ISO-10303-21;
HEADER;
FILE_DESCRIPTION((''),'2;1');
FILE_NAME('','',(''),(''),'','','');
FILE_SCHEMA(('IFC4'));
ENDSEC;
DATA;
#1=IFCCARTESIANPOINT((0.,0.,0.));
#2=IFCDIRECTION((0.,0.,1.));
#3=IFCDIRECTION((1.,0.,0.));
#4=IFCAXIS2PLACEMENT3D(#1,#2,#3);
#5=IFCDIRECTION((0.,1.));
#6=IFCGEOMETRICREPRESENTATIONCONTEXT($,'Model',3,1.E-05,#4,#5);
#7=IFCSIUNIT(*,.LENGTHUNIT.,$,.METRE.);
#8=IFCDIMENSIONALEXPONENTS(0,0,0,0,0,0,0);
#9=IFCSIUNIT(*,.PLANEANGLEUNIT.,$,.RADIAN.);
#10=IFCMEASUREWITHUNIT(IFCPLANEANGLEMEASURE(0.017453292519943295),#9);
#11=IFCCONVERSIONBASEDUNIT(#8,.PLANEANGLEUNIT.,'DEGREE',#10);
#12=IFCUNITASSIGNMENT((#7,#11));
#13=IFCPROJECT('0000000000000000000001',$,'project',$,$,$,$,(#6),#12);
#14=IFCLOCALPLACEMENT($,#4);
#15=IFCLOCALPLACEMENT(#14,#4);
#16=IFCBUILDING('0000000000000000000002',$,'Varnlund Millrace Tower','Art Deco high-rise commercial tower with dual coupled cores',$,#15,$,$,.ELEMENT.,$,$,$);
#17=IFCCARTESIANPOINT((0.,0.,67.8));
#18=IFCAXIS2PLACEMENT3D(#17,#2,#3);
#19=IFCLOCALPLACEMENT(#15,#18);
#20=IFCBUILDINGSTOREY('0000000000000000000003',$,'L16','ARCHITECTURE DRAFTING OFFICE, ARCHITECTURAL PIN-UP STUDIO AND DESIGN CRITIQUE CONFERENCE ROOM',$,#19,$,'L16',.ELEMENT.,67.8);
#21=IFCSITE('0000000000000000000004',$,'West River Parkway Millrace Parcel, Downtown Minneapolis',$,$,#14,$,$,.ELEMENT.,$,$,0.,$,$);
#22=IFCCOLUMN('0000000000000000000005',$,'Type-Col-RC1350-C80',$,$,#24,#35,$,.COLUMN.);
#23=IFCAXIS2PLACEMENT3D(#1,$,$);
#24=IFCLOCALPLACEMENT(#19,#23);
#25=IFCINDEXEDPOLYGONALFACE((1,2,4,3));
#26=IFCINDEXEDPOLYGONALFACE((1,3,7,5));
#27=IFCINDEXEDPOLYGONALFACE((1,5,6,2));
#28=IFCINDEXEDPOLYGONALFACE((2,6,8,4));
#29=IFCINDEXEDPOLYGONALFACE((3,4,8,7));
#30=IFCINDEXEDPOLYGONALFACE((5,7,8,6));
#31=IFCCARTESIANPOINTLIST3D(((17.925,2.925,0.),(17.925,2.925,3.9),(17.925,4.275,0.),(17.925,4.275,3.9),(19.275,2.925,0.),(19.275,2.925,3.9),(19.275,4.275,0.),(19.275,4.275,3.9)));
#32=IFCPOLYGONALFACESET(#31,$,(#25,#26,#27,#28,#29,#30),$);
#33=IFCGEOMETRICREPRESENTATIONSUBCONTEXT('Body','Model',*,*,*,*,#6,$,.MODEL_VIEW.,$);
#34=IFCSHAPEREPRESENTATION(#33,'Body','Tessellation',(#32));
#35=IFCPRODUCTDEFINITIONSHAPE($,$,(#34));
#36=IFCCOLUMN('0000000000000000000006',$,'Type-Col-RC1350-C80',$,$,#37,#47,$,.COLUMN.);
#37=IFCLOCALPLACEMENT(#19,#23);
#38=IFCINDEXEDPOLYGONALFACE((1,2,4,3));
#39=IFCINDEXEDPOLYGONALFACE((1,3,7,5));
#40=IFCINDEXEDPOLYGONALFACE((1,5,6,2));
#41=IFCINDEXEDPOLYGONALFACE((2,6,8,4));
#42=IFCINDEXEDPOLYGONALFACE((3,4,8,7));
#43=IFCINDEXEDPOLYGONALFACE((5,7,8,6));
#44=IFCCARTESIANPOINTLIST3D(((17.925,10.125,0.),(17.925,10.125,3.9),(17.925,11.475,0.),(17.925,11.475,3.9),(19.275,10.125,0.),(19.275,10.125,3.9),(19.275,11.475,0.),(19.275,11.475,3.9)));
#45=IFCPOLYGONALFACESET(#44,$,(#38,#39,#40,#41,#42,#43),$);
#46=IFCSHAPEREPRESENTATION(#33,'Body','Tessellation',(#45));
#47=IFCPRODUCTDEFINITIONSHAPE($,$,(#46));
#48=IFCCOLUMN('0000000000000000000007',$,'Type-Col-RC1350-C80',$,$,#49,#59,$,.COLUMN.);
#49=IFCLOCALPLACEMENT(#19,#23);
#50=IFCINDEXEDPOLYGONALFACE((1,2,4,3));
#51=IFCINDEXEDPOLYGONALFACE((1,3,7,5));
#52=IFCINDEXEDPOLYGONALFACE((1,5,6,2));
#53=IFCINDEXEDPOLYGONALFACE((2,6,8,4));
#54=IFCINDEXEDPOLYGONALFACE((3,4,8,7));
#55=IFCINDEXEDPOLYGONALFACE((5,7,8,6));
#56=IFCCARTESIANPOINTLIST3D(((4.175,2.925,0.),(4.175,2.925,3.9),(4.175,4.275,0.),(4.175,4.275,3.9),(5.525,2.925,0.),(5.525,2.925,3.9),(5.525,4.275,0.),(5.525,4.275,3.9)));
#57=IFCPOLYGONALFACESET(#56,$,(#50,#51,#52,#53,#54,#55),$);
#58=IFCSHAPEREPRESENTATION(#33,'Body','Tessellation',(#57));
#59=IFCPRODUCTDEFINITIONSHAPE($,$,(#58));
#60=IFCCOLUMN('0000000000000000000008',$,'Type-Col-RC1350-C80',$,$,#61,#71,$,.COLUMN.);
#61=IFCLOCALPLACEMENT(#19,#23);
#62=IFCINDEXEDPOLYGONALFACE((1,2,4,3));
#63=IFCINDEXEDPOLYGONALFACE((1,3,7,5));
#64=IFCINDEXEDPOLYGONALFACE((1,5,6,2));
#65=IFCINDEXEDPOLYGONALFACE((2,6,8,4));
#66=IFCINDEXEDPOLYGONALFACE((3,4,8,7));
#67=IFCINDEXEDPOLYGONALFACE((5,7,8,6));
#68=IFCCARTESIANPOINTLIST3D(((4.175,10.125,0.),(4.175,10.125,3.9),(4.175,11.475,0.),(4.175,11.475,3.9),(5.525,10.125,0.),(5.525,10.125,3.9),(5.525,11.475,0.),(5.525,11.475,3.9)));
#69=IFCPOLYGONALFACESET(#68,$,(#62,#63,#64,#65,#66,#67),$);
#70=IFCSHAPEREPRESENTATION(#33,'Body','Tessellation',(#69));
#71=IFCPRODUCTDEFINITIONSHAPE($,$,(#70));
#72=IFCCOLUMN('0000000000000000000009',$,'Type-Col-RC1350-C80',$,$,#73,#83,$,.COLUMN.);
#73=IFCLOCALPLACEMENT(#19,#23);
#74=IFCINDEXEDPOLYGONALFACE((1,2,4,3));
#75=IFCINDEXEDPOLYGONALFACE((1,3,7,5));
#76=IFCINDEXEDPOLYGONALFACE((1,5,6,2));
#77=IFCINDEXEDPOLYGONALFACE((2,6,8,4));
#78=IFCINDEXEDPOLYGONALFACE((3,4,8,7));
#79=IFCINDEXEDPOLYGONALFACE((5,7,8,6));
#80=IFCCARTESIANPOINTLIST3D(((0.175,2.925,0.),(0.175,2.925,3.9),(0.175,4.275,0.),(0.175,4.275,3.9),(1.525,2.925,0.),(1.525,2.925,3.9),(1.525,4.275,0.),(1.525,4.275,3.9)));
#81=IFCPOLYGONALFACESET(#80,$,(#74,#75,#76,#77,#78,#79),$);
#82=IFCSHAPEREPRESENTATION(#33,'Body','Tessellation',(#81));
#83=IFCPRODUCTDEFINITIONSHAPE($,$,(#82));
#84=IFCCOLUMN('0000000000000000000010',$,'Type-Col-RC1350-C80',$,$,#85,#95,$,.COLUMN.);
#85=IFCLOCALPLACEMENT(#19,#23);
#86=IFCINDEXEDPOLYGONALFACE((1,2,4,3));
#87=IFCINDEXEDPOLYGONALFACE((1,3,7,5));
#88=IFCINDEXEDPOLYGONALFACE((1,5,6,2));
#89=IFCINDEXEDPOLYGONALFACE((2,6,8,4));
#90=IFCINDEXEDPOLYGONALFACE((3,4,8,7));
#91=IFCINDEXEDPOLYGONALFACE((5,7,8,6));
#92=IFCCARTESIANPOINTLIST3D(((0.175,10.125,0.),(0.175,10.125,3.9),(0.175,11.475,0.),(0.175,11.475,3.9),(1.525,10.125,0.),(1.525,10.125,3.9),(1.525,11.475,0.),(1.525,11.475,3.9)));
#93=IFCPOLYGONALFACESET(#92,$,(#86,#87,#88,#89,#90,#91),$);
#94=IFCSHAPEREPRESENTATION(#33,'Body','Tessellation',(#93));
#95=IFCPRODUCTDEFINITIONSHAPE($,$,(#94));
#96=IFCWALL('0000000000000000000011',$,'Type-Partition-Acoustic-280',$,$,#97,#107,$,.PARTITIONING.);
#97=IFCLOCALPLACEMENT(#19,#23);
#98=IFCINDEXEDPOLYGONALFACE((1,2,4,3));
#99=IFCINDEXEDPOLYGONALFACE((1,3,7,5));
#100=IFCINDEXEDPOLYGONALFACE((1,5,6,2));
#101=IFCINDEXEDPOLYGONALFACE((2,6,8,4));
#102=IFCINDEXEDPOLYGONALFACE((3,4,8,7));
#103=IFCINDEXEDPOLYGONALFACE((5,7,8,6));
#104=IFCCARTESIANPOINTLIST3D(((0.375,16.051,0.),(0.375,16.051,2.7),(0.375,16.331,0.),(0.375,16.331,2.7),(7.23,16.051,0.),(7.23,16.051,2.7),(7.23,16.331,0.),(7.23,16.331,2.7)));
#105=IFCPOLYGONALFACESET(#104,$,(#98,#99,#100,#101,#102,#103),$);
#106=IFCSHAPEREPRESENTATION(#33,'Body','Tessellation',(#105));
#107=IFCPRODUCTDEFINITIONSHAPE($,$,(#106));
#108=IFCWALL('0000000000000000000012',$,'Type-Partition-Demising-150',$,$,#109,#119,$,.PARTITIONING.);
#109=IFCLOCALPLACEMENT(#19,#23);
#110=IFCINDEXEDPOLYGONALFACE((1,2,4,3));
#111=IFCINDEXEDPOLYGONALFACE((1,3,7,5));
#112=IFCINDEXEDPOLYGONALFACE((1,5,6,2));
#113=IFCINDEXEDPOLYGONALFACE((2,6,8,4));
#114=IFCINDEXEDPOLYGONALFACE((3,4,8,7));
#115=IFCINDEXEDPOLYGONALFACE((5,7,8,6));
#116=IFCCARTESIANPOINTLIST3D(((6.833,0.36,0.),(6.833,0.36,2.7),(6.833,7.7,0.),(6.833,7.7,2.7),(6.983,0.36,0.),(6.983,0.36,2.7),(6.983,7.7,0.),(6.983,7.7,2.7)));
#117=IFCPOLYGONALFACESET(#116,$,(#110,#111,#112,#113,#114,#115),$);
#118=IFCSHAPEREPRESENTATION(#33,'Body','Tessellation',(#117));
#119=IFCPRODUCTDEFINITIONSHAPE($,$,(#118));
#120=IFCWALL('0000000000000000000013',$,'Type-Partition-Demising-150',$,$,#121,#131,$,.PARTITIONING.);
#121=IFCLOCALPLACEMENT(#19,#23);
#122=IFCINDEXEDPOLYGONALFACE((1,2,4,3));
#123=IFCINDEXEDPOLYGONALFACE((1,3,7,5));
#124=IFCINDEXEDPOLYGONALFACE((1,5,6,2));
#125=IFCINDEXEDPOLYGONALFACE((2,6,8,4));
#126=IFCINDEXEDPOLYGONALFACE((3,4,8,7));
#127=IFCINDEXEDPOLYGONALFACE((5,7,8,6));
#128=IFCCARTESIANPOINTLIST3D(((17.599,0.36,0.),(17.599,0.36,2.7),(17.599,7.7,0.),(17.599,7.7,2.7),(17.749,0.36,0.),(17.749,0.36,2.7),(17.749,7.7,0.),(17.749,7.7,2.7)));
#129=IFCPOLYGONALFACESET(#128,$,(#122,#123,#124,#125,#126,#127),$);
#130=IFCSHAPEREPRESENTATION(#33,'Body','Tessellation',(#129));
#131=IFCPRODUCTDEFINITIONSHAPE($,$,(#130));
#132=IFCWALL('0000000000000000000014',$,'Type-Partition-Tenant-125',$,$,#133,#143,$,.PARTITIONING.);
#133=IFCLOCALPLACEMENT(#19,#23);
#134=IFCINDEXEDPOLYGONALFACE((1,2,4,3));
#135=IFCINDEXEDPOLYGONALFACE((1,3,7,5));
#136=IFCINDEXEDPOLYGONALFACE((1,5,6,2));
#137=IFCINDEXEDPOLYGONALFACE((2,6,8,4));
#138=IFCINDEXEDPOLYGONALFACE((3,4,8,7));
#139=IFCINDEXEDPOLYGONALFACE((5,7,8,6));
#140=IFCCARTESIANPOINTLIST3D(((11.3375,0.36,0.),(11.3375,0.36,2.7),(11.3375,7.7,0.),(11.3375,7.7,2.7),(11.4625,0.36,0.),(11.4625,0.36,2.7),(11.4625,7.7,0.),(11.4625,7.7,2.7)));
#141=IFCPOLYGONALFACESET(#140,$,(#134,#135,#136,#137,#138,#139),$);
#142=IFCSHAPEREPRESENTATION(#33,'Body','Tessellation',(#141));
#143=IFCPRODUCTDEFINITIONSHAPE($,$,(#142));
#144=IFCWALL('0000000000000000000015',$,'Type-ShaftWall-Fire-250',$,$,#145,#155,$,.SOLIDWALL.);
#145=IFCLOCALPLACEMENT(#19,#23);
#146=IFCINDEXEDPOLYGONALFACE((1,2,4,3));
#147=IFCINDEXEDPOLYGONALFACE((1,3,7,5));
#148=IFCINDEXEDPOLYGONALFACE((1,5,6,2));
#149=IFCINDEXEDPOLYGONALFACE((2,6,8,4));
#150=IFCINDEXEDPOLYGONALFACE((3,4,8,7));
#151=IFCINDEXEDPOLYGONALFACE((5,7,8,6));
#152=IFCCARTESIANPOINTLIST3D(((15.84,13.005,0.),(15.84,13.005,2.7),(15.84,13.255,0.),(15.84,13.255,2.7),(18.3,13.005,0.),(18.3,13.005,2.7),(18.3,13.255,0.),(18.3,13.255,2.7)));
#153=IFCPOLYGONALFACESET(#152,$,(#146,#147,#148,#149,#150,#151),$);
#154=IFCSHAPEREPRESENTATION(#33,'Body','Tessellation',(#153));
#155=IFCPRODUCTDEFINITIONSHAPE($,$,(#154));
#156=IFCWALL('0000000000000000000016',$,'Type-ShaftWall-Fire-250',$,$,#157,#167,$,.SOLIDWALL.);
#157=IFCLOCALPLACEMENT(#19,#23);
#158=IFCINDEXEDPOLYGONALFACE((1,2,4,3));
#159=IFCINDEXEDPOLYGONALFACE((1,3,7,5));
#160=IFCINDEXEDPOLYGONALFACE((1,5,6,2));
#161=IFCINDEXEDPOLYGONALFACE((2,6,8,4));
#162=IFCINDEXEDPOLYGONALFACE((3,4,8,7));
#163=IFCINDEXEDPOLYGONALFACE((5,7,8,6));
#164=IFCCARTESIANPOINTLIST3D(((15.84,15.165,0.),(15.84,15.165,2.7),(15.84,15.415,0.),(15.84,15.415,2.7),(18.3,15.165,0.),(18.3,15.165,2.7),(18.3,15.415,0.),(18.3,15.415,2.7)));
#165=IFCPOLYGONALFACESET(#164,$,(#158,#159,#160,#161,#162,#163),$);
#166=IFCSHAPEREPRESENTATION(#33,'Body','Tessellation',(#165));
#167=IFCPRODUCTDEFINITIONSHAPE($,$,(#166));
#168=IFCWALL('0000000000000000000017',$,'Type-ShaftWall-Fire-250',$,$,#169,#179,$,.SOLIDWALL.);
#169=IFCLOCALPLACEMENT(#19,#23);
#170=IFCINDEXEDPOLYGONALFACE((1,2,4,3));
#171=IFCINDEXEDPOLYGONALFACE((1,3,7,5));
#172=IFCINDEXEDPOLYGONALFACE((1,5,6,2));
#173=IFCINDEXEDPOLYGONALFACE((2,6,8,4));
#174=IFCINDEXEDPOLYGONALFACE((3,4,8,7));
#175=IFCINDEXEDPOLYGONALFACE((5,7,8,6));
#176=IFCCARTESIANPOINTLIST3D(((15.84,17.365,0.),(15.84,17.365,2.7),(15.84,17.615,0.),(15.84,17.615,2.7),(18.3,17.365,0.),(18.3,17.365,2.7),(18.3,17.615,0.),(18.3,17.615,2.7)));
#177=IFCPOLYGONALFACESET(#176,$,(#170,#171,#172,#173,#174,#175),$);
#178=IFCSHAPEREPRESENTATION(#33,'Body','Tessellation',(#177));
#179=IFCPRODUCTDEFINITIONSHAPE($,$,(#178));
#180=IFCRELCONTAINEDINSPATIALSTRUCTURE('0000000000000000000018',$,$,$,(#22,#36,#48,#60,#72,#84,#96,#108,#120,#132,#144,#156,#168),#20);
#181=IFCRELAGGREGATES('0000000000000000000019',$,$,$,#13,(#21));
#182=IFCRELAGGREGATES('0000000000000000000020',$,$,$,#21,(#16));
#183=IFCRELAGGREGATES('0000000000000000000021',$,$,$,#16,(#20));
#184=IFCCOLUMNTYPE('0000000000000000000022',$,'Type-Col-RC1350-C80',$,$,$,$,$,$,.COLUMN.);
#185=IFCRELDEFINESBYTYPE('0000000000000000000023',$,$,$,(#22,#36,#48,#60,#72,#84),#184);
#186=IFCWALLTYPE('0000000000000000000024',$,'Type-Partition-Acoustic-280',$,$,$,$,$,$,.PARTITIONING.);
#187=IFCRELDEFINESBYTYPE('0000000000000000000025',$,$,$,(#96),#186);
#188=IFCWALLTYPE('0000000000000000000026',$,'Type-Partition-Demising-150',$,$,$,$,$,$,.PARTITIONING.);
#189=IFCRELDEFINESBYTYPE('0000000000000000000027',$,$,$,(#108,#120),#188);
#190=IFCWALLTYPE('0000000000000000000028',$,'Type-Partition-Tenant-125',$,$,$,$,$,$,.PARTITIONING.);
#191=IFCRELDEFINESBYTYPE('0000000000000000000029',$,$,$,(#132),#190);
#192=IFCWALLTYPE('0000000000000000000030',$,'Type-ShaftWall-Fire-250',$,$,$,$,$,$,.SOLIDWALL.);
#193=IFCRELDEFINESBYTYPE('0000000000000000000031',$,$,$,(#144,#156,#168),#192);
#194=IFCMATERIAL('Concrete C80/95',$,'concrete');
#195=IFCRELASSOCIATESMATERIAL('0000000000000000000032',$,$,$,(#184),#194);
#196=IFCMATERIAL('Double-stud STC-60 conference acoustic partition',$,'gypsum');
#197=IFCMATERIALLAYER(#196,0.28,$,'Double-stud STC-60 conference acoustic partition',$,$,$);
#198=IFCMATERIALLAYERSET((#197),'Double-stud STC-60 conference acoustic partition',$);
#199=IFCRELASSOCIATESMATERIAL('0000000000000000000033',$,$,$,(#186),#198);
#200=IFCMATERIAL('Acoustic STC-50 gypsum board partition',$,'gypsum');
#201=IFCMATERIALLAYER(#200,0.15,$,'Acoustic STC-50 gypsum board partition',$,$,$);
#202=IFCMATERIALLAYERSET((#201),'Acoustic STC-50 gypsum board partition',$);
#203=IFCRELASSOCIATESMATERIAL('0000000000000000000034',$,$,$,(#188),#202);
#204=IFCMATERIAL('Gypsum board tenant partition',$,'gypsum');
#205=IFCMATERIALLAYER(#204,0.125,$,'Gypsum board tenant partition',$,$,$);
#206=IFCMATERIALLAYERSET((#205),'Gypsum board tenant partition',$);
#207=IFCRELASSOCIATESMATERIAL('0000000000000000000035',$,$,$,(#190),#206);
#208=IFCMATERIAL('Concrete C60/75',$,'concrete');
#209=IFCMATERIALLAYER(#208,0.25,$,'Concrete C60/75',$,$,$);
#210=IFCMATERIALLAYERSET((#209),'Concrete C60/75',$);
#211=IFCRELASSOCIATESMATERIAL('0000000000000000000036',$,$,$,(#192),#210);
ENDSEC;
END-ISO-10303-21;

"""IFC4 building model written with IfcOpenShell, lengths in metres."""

from ifc_helpers import new_model, entity, si_unit, converted_unit, direction, frame, origin_with_axes, origin_2d_with_axis, place, context, subcontext, project, spatial, polyline, rectangle, outline, extrude, material, layer, layer_set, material_profile, profile_set, type_object, element, save


model = new_model("IFC4")

# Units and contexts
model_context = context("Model", 3, precision=1e-05, world=origin_with_axes(), true_north=direction((0.0, 1.0)))
body_context = subcontext(model_context, "Body", "Model", "MODEL_VIEW")
ifc_project = project(units=[si_unit("LENGTHUNIT", "METRE"), converted_unit("PLANEANGLEUNIT", "DEGREE", entity("IfcPlaneAngleMeasure", 0.017453292519943295), si_unit("PLANEANGLEUNIT", "RADIAN"), dimensions=[0, 0, 0, 0, 0, 0, 0])], contexts=[model_context])

# Site, building, storey
site_placement = place(None, origin_with_axes())
site = spatial("IfcSite", under=ifc_project, at=site_placement, Name="West River Parkway Millrace Parcel, Downtown Minneapolis", CompositionType="ELEMENT", RefElevation=0.0)
building_placement = place(site_placement, origin_with_axes())
building = spatial("IfcBuilding", under=site, at=building_placement, Name="Varnlund Millrace Tower", Description="Art Deco high-rise commercial tower with dual coupled cores", CompositionType="ELEMENT")
storey_placement = place(building_placement, frame((0.0, 0.0, 67.8), z_axis=(0.0, 0.0, 1.0), x_axis=(1.0, 0.0, 0.0)))
storey = spatial("IfcBuildingStorey", under=building, at=storey_placement, Name="L16", Description="ARCHITECTURE DRAFTING OFFICE, ARCHITECTURAL PIN-UP STUDIO AND DESIGN CRITIQUE CONFERENCE ROOM", LongName="L16", CompositionType="ELEMENT", Elevation=67.8)

# Columns
ifc_material_1 = material(Name="Concrete C80/95", Category="concrete")
ifc_material_profile = material_profile(ifc_material_1, rectangle(XDim=1.35, YDim=1.35, at=origin_2d_with_axis()), Name="Concrete C80/95")
ifc_profile_set = profile_set([ifc_material_profile], Name="Concrete C80/95")
column_type = type_object("IfcColumnType", Name="Type-Col-RC1350-C80", PredefinedType="COLUMN", material=ifc_profile_set)
for number, where, z_axis, x_axis, name in (
    (1, (18.6, 3.6, 0.0), (0.0, 0.0, 1.0), (1.0, 0.0, 0.0), "Type-Col-RC1350-C80"),
    (2, (18.6, 10.8, 0.0), (0.0, 0.0, 1.0), (1.0, 0.0, 0.0), "Type-Col-RC1350-C80"),
    (3, (4.85, 3.6, 0.0), (0.0, 0.0, 1.0), (1.0, 0.0, 0.0), "Type-Col-RC1350-C80"),
    (4, (4.85, 10.8, 0.0), (0.0, 0.0, 1.0), (1.0, 0.0, 0.0), "Type-Col-RC1350-C80"),
    (5, (0.85, 3.6, 0.0), (0.0, 0.0, 1.0), (1.0, 0.0, 0.0), "Type-Col-RC1350-C80"),
    (6, (0.85, 10.8, 0.0), (0.0, 0.0, 1.0), (1.0, 0.0, 0.0), "Type-Col-RC1350-C80"),
):
    element("IfcColumn", number, at=place(storey_placement, frame(where, z_axis=z_axis, x_axis=x_axis)), inside=storey, type_object=column_type, Name=name, PredefinedType="COLUMN", context=body_context, shape_type="SweptSolid", body=[
        extrude(rectangle(XDim=1.35, YDim=1.35, at=origin_2d_with_axis()), origin_with_axes(), (0.0, 0.0, 1.0), 3.9),
    ])

# Wall
ifc_material_2 = material(Name="Double-stud STC-60 conference acoustic partition", Category="gypsum")
ifc_layer_1 = layer(ifc_material_2, 0.28, Name="Double-stud STC-60 conference acoustic partition")
ifc_layer_set_1 = layer_set([ifc_layer_1], Name="Double-stud STC-60 conference acoustic partition")
wall_type_1 = type_object("IfcWallType", Name="Type-Partition-Acoustic-280", PredefinedType="PARTITIONING", material=ifc_layer_set_1)
wall_1_placement = place(storey_placement, frame((0.375, 16.191, 0.0), z_axis=(0.0, 0.0, 1.0), x_axis=(1.0, 0.0, 0.0)))
element("IfcWall", 7, at=wall_1_placement, inside=storey, type_object=wall_type_1, Name="Type-Partition-Acoustic-280", PredefinedType="PARTITIONING", context=body_context, shape_type="SweptSolid", body=[
    extrude(outline(polyline([(0.0, -0.14), (6.855, -0.14), (6.855, 0.14), (0.0, 0.14), (0.0, -0.14)])), origin_with_axes(), (0.0, 0.0, 1.0), 2.7),
])

# Walls
ifc_material_3 = material(Name="Acoustic STC-50 gypsum board partition", Category="gypsum")
ifc_layer_2 = layer(ifc_material_3, 0.15, Name="Acoustic STC-50 gypsum board partition")
ifc_layer_set_2 = layer_set([ifc_layer_2], Name="Acoustic STC-50 gypsum board partition")
wall_type_2 = type_object("IfcWallType", Name="Type-Partition-Demising-150", PredefinedType="PARTITIONING", material=ifc_layer_set_2)
for number, where, z_axis, x_axis, name in (
    (8, (6.908, 0.36, 0.0), (0.0, 0.0, 1.0), (0.0, 1.0, 0.0), "Type-Partition-Demising-150"),
    (9, (17.674, 0.36, 0.0), (0.0, 0.0, 1.0), (0.0, 1.0, 0.0), "Type-Partition-Demising-150"),
):
    element("IfcWall", number, at=place(storey_placement, frame(where, z_axis=z_axis, x_axis=x_axis)), inside=storey, type_object=wall_type_2, Name=name, PredefinedType="PARTITIONING", context=body_context, shape_type="SweptSolid", body=[
        extrude(outline(polyline([(0.0, -0.075), (7.34, -0.075), (7.34, 0.075), (0.0, 0.075), (0.0, -0.075)])), origin_with_axes(), (0.0, 0.0, 1.0), 2.7),
    ])
ifc_material_4 = material(Name="Gypsum board tenant partition", Category="gypsum")
ifc_layer_3 = layer(ifc_material_4, 0.125, Name="Gypsum board tenant partition")
ifc_layer_set_3 = layer_set([ifc_layer_3], Name="Gypsum board tenant partition")
wall_type_3 = type_object("IfcWallType", Name="Type-Partition-Tenant-125", PredefinedType="PARTITIONING", material=ifc_layer_set_3)
wall_2_placement = place(storey_placement, frame((11.4, 0.36, 0.0), z_axis=(0.0, 0.0, 1.0), x_axis=(0.0, 1.0, 0.0)))
element("IfcWall", 10, at=wall_2_placement, inside=storey, type_object=wall_type_3, Name="Type-Partition-Tenant-125", PredefinedType="PARTITIONING", context=body_context, shape_type="SweptSolid", body=[
    extrude(outline(polyline([(0.0, -0.0625), (7.34, -0.0625), (7.34, 0.0625), (0.0, 0.0625), (0.0, -0.0625)])), origin_with_axes(), (0.0, 0.0, 1.0), 2.7),
])
ifc_material_5 = material(Name="Concrete C60/75", Category="concrete")
ifc_layer_4 = layer(ifc_material_5, 0.25, Name="Concrete C60/75")
ifc_layer_set_4 = layer_set([ifc_layer_4], Name="Concrete C60/75")
wall_type_4 = type_object("IfcWallType", Name="Type-ShaftWall-Fire-250", PredefinedType="SOLIDWALL", material=ifc_layer_set_4)
for number, where, z_axis, x_axis, name in (
    (11, (15.84, 13.13, 0.0), (0.0, 0.0, 1.0), (1.0, 0.0, 0.0), "Type-ShaftWall-Fire-250"),
    (12, (15.84, 15.29, 0.0), (0.0, 0.0, 1.0), (1.0, 0.0, 0.0), "Type-ShaftWall-Fire-250"),
    (13, (15.84, 17.49, 0.0), (0.0, 0.0, 1.0), (1.0, 0.0, 0.0), "Type-ShaftWall-Fire-250"),
):
    element("IfcWall", number, at=place(storey_placement, frame(where, z_axis=z_axis, x_axis=x_axis)), inside=storey, type_object=wall_type_4, Name=name, PredefinedType="SOLIDWALL", context=body_context, shape_type="SweptSolid", body=[
        extrude(outline(polyline([(0.0, -0.125), (2.46, -0.125), (2.46, 0.125), (0.0, 0.125), (0.0, -0.125)])), origin_with_axes(), (0.0, 0.0, 1.0), 2.7),
    ])

save(model, "model.ifc")
